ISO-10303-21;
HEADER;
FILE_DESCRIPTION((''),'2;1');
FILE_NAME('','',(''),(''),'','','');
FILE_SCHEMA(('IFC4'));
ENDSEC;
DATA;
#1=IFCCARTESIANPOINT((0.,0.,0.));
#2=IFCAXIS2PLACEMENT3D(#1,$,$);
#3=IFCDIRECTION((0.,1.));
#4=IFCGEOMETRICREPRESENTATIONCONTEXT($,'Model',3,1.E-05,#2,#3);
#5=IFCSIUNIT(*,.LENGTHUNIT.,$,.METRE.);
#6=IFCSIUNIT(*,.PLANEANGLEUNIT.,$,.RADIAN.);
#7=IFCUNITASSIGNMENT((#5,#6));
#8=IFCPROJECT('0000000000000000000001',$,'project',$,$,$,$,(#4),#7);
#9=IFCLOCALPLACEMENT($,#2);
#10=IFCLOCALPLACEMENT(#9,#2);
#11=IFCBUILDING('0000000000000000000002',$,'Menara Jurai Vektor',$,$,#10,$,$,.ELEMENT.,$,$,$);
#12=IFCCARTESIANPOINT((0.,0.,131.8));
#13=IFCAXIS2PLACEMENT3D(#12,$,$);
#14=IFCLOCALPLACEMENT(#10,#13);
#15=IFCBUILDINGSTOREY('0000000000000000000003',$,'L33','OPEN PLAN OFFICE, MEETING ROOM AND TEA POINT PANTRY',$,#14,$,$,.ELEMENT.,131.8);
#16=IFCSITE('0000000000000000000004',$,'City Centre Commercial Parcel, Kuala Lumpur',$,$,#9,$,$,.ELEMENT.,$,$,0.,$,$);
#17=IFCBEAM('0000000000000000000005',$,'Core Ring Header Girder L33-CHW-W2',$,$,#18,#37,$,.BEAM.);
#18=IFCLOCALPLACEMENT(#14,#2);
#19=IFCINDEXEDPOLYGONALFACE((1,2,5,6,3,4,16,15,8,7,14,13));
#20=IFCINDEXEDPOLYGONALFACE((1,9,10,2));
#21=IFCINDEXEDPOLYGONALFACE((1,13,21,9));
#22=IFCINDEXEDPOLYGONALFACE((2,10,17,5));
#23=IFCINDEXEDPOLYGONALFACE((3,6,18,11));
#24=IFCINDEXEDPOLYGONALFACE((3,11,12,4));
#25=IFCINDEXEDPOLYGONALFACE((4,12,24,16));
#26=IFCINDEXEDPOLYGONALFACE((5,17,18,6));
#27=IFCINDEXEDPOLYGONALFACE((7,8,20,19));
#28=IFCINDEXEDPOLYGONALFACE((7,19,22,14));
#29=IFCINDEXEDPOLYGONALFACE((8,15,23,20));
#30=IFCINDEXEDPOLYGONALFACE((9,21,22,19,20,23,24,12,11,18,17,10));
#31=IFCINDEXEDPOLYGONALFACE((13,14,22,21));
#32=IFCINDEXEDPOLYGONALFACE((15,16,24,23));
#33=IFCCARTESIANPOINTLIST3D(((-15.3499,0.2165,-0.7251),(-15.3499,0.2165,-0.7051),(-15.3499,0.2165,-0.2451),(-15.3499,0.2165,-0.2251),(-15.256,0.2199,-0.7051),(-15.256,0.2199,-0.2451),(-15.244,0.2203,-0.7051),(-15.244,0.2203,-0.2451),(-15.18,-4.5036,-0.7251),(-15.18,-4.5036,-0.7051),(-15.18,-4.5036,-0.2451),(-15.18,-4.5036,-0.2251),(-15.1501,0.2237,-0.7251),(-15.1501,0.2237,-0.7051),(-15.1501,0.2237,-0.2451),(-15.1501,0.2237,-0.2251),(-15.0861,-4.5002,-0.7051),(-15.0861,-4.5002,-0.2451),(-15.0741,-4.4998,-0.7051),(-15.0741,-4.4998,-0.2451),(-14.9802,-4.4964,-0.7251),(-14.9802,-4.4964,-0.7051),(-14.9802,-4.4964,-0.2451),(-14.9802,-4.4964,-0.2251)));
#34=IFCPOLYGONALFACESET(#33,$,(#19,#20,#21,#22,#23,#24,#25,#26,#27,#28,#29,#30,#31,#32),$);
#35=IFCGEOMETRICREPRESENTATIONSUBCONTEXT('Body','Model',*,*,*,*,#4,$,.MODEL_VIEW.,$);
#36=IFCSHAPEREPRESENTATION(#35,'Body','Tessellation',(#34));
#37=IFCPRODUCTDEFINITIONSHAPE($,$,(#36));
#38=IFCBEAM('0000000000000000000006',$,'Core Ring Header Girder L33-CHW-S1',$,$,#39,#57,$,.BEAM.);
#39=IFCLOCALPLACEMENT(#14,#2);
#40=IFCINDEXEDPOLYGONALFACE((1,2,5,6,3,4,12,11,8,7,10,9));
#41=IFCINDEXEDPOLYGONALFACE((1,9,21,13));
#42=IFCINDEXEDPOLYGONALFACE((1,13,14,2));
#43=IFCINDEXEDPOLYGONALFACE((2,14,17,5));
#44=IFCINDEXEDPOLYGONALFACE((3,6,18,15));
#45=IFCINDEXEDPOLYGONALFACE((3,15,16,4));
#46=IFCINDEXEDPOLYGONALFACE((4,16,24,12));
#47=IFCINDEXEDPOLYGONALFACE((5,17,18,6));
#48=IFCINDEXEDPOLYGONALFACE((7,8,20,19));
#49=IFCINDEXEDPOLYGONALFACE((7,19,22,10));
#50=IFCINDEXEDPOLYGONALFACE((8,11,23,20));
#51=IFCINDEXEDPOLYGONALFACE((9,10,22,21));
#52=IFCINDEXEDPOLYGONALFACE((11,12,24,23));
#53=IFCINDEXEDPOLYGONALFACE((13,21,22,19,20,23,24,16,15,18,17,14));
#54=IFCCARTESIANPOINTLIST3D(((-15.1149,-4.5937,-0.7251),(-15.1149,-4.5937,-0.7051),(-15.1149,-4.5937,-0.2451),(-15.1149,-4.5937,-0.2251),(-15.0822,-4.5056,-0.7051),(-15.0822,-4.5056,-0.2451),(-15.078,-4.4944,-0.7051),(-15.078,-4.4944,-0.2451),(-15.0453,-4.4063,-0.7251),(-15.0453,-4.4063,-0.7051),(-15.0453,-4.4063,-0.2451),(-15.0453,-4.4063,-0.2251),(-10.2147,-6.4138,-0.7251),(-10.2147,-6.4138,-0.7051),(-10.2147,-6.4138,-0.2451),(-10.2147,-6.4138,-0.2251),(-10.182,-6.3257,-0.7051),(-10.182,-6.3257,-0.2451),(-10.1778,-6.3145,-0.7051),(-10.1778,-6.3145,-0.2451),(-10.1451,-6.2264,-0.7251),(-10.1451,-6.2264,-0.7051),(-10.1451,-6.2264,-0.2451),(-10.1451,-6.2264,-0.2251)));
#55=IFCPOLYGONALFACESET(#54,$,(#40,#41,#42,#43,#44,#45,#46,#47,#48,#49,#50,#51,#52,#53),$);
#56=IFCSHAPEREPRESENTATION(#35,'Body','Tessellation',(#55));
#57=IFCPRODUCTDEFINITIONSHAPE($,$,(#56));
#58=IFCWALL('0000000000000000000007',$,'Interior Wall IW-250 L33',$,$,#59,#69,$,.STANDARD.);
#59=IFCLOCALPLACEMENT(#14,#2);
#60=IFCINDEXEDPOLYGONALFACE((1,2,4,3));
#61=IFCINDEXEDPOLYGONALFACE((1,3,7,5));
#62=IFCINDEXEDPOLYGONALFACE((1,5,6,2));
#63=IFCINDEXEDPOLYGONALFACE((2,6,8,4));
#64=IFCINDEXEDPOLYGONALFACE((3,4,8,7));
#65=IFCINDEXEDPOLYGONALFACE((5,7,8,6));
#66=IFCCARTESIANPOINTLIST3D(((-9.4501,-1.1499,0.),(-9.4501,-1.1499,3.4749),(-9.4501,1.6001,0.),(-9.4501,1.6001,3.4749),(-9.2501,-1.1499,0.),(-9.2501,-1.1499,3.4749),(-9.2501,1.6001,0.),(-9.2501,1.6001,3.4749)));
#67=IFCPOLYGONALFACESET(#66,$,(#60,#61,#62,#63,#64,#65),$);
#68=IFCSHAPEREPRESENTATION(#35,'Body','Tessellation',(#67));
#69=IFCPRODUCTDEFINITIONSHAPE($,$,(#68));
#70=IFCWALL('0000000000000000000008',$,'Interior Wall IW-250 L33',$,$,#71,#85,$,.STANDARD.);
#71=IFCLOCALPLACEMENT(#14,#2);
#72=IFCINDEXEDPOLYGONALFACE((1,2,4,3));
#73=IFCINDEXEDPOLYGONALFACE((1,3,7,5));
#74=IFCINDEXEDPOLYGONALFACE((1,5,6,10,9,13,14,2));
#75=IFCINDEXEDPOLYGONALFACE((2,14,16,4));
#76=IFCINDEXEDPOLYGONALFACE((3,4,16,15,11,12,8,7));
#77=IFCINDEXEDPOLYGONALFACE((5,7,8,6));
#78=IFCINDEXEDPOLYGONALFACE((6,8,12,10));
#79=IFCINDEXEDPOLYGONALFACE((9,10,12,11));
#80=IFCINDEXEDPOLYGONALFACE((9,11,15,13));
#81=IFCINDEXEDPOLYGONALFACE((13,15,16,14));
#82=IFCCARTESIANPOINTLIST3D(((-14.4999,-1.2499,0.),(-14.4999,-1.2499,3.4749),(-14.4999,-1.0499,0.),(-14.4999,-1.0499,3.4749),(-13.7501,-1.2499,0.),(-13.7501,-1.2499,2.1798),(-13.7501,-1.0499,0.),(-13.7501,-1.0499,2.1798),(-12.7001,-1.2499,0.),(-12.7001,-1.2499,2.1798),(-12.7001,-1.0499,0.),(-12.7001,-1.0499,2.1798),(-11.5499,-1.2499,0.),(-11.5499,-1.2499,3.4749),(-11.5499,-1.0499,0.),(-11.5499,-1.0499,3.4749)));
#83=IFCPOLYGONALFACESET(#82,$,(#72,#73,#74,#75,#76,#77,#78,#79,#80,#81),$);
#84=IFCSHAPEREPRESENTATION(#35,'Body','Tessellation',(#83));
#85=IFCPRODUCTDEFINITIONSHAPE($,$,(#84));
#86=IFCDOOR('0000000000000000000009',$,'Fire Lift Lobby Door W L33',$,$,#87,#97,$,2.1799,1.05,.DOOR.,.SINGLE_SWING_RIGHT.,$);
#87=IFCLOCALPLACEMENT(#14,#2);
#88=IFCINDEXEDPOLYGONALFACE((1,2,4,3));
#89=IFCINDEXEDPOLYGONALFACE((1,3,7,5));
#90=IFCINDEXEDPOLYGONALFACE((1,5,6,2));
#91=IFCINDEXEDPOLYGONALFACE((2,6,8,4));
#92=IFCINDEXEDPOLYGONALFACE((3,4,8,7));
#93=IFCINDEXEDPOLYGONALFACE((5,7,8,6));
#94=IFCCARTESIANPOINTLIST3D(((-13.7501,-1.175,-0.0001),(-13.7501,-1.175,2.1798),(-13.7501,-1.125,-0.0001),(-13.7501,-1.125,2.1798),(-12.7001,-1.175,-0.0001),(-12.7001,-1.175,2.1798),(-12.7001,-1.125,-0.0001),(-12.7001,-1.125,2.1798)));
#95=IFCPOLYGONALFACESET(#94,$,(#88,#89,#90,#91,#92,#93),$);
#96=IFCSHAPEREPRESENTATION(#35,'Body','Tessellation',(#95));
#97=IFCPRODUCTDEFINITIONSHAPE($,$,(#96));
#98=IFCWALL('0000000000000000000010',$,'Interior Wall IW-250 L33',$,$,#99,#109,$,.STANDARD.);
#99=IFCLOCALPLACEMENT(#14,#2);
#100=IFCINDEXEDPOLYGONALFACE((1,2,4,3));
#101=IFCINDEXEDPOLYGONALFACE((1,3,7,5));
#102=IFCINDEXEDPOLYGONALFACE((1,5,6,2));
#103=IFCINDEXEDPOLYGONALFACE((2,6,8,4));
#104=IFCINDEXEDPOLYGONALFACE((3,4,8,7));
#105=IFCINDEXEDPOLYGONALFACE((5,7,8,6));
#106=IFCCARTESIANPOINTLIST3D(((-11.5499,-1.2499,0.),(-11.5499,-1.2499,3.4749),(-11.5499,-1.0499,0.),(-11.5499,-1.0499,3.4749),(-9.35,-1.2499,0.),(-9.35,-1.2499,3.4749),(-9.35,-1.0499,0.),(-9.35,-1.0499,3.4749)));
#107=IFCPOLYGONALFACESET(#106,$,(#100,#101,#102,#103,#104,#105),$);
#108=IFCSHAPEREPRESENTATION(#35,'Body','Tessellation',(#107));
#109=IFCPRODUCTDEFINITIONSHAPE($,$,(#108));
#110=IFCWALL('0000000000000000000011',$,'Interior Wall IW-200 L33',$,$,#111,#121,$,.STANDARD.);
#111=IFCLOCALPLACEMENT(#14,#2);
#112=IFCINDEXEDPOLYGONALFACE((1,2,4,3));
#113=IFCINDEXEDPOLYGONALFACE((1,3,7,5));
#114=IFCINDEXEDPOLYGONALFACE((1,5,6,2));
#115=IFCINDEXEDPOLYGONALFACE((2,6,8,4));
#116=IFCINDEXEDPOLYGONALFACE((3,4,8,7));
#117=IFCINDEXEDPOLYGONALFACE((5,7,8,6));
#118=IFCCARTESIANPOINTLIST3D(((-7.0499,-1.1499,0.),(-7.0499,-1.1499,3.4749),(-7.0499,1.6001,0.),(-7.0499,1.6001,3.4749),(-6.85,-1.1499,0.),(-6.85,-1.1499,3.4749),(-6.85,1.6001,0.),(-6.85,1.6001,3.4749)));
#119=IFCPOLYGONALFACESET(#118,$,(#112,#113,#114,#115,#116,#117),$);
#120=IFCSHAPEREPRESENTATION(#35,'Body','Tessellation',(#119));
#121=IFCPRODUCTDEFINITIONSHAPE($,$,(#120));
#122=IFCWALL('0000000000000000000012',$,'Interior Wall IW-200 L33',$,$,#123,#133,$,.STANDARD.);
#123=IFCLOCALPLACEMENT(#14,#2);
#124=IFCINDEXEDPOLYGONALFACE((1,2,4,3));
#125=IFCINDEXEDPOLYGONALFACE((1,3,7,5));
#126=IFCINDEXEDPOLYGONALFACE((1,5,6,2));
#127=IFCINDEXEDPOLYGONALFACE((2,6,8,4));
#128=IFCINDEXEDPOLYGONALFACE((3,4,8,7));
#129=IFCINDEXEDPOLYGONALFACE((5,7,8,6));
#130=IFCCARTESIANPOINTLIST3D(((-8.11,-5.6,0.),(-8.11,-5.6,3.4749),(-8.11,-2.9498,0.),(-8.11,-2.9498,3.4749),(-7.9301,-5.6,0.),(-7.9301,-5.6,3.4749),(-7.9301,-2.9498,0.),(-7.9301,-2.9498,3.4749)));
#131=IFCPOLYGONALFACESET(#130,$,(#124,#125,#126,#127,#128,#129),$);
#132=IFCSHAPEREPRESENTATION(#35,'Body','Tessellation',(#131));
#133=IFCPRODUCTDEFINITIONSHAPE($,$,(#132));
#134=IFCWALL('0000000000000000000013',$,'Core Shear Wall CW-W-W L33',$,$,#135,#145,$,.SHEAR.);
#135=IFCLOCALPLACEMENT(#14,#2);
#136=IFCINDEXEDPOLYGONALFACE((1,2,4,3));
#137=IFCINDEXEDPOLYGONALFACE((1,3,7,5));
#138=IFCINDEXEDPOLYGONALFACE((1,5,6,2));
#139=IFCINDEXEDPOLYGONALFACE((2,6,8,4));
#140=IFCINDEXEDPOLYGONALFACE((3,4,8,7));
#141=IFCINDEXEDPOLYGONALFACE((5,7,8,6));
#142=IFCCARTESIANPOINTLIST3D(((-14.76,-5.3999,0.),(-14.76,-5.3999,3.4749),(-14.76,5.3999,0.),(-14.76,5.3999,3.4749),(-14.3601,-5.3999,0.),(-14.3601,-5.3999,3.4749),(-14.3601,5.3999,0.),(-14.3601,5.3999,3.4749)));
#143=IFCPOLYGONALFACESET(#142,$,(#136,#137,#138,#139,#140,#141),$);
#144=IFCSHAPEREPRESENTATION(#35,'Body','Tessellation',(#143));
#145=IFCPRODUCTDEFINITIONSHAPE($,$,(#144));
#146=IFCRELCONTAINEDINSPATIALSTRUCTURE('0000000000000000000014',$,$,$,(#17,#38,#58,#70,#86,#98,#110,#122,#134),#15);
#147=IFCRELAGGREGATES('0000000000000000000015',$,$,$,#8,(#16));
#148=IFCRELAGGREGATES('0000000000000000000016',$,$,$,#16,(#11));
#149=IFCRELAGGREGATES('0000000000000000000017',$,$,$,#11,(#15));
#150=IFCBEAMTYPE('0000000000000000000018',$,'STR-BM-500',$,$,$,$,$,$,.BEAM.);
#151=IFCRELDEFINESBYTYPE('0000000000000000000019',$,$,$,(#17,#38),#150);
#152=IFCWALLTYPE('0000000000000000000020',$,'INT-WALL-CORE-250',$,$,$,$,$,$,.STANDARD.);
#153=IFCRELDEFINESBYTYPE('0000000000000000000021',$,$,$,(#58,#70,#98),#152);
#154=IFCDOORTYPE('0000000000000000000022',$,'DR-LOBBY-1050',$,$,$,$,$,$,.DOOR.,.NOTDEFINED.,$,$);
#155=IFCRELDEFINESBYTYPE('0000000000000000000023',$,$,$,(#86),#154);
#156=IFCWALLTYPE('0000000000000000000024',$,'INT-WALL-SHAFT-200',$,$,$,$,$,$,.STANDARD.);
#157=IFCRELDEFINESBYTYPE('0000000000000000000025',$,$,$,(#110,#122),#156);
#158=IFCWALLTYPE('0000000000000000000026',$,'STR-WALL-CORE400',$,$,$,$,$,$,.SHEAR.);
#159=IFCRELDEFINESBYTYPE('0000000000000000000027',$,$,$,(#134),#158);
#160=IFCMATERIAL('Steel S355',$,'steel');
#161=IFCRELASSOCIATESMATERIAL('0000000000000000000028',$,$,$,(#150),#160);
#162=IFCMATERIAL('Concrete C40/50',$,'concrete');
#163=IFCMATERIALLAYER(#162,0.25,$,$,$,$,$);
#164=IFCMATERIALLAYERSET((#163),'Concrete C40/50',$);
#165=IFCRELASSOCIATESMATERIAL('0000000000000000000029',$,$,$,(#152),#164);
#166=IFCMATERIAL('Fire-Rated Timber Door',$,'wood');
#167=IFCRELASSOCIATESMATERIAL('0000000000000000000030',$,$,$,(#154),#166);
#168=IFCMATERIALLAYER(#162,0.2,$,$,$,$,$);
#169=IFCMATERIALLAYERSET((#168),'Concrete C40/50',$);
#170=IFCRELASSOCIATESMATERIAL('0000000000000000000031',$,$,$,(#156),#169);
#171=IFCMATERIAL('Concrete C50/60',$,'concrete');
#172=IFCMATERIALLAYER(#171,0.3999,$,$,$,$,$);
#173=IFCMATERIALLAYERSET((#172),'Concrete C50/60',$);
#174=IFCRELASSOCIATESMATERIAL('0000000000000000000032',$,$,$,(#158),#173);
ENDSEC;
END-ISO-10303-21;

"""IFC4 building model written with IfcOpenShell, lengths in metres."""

from ifc_helpers import new_model, si_unit, direction, frame, frame_2d, origin, origin_2d, place, context, subcontext, project, spatial, rectangle, i_section, extrude, material, layer, layer_set, material_profile, profile_set, type_object, element, fill, save


model = new_model("IFC4")

# Units and contexts
model_context = context("Model", 3, precision=1e-05, world=origin(), true_north=direction((0.0, 1.0)))
body_context = subcontext(model_context, "Body", "Model", "MODEL_VIEW")
ifc_project = project(units=[si_unit("LENGTHUNIT", "METRE"), si_unit("PLANEANGLEUNIT", "RADIAN")], contexts=[model_context])

# Site, building, storey
site_placement = place(None, origin())
site = spatial("IfcSite", under=ifc_project, at=site_placement, Name="City Centre Commercial Parcel, Kuala Lumpur", CompositionType="ELEMENT", RefElevation=0.0)
building_placement = place(site_placement, origin())
building = spatial("IfcBuilding", under=site, at=building_placement, Name="Menara Jurai Vektor", CompositionType="ELEMENT")
storey_placement = place(building_placement, frame((0.0, 0.0, 131.8)))
storey = spatial("IfcBuildingStorey", under=building, at=storey_placement, Name="L33", Description="OPEN PLAN OFFICE, MEETING ROOM AND TEA POINT PANTRY", CompositionType="ELEMENT", Elevation=131.8)

# Beams
ifc_material_1 = material(Name="Steel S355", Category="steel")
ifc_material_profile = material_profile(ifc_material_1, i_section(OverallWidth=0.2, OverallDepth=0.5, WebThickness=0.012, FlangeThickness=0.02, at=origin_2d()), Name="PG 500x200x96")
ifc_profile_set = profile_set([ifc_material_profile], Name="Steel S355")
beam_type = type_object("IfcBeamType", Name="STR-BM-500", PredefinedType="BEAM", material=ifc_profile_set)
beam_1_placement = place(storey_placement, frame((-15.0801, -4.5, -0.4751), z_axis=(-0.035977, 0.999353, 0.0), x_axis=(-0.999353, -0.035977, 0.0)))
element("IfcBeam", 1, at=beam_1_placement, inside=storey, type_object=beam_type, Name="Core Ring Header Girder L33-CHW-W2", PredefinedType="BEAM", context=body_context, shape_type="SweptSolid", body=[
    extrude(i_section(OverallWidth=0.2, OverallDepth=0.5, WebThickness=0.012, FlangeThickness=0.02, at=origin_2d()), origin(), (0.0, 0.0, 1.0), 4.7231),
])
beam_2_placement = place(storey_placement, frame((-15.0801, -4.5, -0.4751), z_axis=(0.937424, -0.348189, 0.0), x_axis=(0.348189, 0.937424, 0.0)))
element("IfcBeam", 2, at=beam_2_placement, inside=storey, type_object=beam_type, Name="Core Ring Header Girder L33-CHW-S1", PredefinedType="BEAM", context=body_context, shape_type="SweptSolid", body=[
    extrude(i_section(OverallWidth=0.2, OverallDepth=0.5, WebThickness=0.012, FlangeThickness=0.02, at=origin_2d()), origin(), (0.0, 0.0, 1.0), 5.2273),
])

# Shared definitions
ifc_material_2 = material(Name="Concrete C40/50", Category="concrete")
ifc_layer_1 = layer(ifc_material_2, 0.25)
ifc_layer_set_1 = layer_set([ifc_layer_1], Name="Concrete C40/50")
wall_type_1 = type_object("IfcWallType", Name="INT-WALL-CORE-250", PredefinedType="STANDARD", material=ifc_layer_set_1)

# Wall
wall_1_placement = place(storey_placement, frame((-9.3501, -1.1499, 0.0), z_axis=(0.0, 0.0, 1.0), x_axis=(0.0, 1.0, 0.0)))
element("IfcWall", 3, at=wall_1_placement, inside=storey, type_object=wall_type_1, Name="Interior Wall IW-250 L33", PredefinedType="STANDARD", context=body_context, shape_type="SweptSolid", body=[
    extrude(rectangle(XDim=2.75, YDim=0.2, at=frame_2d((1.375, 0.0))), origin(), (0.0, 0.0, 1.0), 3.4749),
])

# Wall, opening, door
wall_2_placement = place(storey_placement, frame((-14.5, -1.1499, 0.0), z_axis=(0.0, 0.0, 1.0), x_axis=(1.0, 0.0, 0.0)))
wall_2 = element("IfcWall", 4, at=wall_2_placement, inside=storey, type_object=wall_type_1, Name="Interior Wall IW-250 L33", PredefinedType="STANDARD", context=body_context, shape_type="SweptSolid", body=[
    extrude(rectangle(XDim=2.95, YDim=0.2, at=frame_2d((1.4751, 0.0))), origin(), (0.0, 0.0, 1.0), 3.4749),
])
opening_1_placement = place(wall_2_placement, frame((0.75, 0.0, 0.0)))
opening_1 = element("IfcOpeningElement", 5, at=opening_1_placement, cuts=wall_2, PredefinedType="OPENING", context=body_context, shape_type="SweptSolid", body=[
    extrude(rectangle(XDim=1.05, YDim=2.1799, at=frame_2d((0.5249, 1.0898))), frame((0.0, 0.1099, 0.0), z_axis=(0.0, -1.0, 0.0), x_axis=(1.0, 0.0, 0.0)), (0.0, 0.0, 1.0), 0.22),
])
ifc_material_3 = material(Name="Fire-Rated Timber Door", Category="wood")
door_type_1 = type_object("IfcDoorType", Name="DR-LOBBY-1050", OperationType="NOTDEFINED", PredefinedType="DOOR", material=ifc_material_3)
door_1_placement = place(opening_1_placement, origin())
door_1 = element("IfcDoor", 6, at=door_1_placement, inside=storey, type_object=door_type_1, Name="Fire Lift Lobby Door W L33", OperationType="SINGLE_SWING_RIGHT", OverallHeight=2.1799, OverallWidth=1.05, PredefinedType="DOOR", context=body_context, shape_type="SweptSolid", body=[
    extrude(rectangle(XDim=1.05, YDim=2.1799, at=frame_2d((0.5249, 1.0898))), frame((0.0, 0.0249, 0.0), z_axis=(0.0, -1.0, 0.0), x_axis=(1.0, 0.0, 0.0)), (0.0, 0.0, 1.0), 0.05),
])
fill(opening_1, door_1)

# Walls
wall_3_placement = place(storey_placement, frame((-11.55, -1.1499, 0.0), z_axis=(0.0, 0.0, 1.0), x_axis=(1.0, 0.0, 0.0)))
element("IfcWall", 7, at=wall_3_placement, inside=storey, type_object=wall_type_1, Name="Interior Wall IW-250 L33", PredefinedType="STANDARD", context=body_context, shape_type="SweptSolid", body=[
    extrude(rectangle(XDim=2.2, YDim=0.2, at=frame_2d((1.1001, 0.0))), origin(), (0.0, 0.0, 1.0), 3.4749),
])
ifc_layer_2 = layer(ifc_material_2, 0.2)
ifc_layer_set_2 = layer_set([ifc_layer_2], Name="Concrete C40/50")
wall_type_2 = type_object("IfcWallType", Name="INT-WALL-SHAFT-200", PredefinedType="STANDARD", material=ifc_layer_set_2)
wall_4_placement = place(storey_placement, frame((-6.95, -1.1499, 0.0), z_axis=(0.0, 0.0, 1.0), x_axis=(0.0, 1.0, 0.0)))
element("IfcWall", 8, at=wall_4_placement, inside=storey, type_object=wall_type_2, Name="Interior Wall IW-200 L33", PredefinedType="STANDARD", context=body_context, shape_type="SweptSolid", body=[
    extrude(rectangle(XDim=2.75, YDim=0.2, at=frame_2d((1.375, 0.0))), origin(), (0.0, 0.0, 1.0), 3.4749),
])

# Walls
wall_5_placement = place(storey_placement, frame((-8.02, -5.6001, 0.0), z_axis=(0.0, 0.0, 1.0), x_axis=(0.0, 1.0, 0.0)))
element("IfcWall", 9, at=wall_5_placement, inside=storey, type_object=wall_type_2, Name="Interior Wall IW-200 L33", PredefinedType="STANDARD", context=body_context, shape_type="SweptSolid", body=[
    extrude(rectangle(XDim=2.6501, YDim=0.1799, at=frame_2d((1.3252, 0.0))), origin(), (0.0, 0.0, 1.0), 3.4749),
])
ifc_material_4 = material(Name="Concrete C50/60", Category="concrete")
ifc_layer_3 = layer(ifc_material_4, 0.3999)
ifc_layer_set_3 = layer_set([ifc_layer_3], Name="Concrete C50/60")
wall_type_3 = type_object("IfcWallType", Name="STR-WALL-CORE400", PredefinedType="SHEAR", material=ifc_layer_set_3)
wall_6_placement = place(storey_placement, frame((-14.5601, -5.3999, 0.0), z_axis=(0.0, 0.0, 1.0), x_axis=(0.0, 1.0, 0.0)))
element("IfcWall", 10, at=wall_6_placement, inside=storey, type_object=wall_type_3, Name="Core Shear Wall CW-W-W L33", PredefinedType="SHEAR", context=body_context, shape_type="SweptSolid", body=[
    extrude(rectangle(XDim=10.7998, YDim=0.3999, at=frame_2d((5.3999, 0.0))), origin(), (0.0, 0.0, 1.0), 3.4749),
])

save(model, "model.ifc")
